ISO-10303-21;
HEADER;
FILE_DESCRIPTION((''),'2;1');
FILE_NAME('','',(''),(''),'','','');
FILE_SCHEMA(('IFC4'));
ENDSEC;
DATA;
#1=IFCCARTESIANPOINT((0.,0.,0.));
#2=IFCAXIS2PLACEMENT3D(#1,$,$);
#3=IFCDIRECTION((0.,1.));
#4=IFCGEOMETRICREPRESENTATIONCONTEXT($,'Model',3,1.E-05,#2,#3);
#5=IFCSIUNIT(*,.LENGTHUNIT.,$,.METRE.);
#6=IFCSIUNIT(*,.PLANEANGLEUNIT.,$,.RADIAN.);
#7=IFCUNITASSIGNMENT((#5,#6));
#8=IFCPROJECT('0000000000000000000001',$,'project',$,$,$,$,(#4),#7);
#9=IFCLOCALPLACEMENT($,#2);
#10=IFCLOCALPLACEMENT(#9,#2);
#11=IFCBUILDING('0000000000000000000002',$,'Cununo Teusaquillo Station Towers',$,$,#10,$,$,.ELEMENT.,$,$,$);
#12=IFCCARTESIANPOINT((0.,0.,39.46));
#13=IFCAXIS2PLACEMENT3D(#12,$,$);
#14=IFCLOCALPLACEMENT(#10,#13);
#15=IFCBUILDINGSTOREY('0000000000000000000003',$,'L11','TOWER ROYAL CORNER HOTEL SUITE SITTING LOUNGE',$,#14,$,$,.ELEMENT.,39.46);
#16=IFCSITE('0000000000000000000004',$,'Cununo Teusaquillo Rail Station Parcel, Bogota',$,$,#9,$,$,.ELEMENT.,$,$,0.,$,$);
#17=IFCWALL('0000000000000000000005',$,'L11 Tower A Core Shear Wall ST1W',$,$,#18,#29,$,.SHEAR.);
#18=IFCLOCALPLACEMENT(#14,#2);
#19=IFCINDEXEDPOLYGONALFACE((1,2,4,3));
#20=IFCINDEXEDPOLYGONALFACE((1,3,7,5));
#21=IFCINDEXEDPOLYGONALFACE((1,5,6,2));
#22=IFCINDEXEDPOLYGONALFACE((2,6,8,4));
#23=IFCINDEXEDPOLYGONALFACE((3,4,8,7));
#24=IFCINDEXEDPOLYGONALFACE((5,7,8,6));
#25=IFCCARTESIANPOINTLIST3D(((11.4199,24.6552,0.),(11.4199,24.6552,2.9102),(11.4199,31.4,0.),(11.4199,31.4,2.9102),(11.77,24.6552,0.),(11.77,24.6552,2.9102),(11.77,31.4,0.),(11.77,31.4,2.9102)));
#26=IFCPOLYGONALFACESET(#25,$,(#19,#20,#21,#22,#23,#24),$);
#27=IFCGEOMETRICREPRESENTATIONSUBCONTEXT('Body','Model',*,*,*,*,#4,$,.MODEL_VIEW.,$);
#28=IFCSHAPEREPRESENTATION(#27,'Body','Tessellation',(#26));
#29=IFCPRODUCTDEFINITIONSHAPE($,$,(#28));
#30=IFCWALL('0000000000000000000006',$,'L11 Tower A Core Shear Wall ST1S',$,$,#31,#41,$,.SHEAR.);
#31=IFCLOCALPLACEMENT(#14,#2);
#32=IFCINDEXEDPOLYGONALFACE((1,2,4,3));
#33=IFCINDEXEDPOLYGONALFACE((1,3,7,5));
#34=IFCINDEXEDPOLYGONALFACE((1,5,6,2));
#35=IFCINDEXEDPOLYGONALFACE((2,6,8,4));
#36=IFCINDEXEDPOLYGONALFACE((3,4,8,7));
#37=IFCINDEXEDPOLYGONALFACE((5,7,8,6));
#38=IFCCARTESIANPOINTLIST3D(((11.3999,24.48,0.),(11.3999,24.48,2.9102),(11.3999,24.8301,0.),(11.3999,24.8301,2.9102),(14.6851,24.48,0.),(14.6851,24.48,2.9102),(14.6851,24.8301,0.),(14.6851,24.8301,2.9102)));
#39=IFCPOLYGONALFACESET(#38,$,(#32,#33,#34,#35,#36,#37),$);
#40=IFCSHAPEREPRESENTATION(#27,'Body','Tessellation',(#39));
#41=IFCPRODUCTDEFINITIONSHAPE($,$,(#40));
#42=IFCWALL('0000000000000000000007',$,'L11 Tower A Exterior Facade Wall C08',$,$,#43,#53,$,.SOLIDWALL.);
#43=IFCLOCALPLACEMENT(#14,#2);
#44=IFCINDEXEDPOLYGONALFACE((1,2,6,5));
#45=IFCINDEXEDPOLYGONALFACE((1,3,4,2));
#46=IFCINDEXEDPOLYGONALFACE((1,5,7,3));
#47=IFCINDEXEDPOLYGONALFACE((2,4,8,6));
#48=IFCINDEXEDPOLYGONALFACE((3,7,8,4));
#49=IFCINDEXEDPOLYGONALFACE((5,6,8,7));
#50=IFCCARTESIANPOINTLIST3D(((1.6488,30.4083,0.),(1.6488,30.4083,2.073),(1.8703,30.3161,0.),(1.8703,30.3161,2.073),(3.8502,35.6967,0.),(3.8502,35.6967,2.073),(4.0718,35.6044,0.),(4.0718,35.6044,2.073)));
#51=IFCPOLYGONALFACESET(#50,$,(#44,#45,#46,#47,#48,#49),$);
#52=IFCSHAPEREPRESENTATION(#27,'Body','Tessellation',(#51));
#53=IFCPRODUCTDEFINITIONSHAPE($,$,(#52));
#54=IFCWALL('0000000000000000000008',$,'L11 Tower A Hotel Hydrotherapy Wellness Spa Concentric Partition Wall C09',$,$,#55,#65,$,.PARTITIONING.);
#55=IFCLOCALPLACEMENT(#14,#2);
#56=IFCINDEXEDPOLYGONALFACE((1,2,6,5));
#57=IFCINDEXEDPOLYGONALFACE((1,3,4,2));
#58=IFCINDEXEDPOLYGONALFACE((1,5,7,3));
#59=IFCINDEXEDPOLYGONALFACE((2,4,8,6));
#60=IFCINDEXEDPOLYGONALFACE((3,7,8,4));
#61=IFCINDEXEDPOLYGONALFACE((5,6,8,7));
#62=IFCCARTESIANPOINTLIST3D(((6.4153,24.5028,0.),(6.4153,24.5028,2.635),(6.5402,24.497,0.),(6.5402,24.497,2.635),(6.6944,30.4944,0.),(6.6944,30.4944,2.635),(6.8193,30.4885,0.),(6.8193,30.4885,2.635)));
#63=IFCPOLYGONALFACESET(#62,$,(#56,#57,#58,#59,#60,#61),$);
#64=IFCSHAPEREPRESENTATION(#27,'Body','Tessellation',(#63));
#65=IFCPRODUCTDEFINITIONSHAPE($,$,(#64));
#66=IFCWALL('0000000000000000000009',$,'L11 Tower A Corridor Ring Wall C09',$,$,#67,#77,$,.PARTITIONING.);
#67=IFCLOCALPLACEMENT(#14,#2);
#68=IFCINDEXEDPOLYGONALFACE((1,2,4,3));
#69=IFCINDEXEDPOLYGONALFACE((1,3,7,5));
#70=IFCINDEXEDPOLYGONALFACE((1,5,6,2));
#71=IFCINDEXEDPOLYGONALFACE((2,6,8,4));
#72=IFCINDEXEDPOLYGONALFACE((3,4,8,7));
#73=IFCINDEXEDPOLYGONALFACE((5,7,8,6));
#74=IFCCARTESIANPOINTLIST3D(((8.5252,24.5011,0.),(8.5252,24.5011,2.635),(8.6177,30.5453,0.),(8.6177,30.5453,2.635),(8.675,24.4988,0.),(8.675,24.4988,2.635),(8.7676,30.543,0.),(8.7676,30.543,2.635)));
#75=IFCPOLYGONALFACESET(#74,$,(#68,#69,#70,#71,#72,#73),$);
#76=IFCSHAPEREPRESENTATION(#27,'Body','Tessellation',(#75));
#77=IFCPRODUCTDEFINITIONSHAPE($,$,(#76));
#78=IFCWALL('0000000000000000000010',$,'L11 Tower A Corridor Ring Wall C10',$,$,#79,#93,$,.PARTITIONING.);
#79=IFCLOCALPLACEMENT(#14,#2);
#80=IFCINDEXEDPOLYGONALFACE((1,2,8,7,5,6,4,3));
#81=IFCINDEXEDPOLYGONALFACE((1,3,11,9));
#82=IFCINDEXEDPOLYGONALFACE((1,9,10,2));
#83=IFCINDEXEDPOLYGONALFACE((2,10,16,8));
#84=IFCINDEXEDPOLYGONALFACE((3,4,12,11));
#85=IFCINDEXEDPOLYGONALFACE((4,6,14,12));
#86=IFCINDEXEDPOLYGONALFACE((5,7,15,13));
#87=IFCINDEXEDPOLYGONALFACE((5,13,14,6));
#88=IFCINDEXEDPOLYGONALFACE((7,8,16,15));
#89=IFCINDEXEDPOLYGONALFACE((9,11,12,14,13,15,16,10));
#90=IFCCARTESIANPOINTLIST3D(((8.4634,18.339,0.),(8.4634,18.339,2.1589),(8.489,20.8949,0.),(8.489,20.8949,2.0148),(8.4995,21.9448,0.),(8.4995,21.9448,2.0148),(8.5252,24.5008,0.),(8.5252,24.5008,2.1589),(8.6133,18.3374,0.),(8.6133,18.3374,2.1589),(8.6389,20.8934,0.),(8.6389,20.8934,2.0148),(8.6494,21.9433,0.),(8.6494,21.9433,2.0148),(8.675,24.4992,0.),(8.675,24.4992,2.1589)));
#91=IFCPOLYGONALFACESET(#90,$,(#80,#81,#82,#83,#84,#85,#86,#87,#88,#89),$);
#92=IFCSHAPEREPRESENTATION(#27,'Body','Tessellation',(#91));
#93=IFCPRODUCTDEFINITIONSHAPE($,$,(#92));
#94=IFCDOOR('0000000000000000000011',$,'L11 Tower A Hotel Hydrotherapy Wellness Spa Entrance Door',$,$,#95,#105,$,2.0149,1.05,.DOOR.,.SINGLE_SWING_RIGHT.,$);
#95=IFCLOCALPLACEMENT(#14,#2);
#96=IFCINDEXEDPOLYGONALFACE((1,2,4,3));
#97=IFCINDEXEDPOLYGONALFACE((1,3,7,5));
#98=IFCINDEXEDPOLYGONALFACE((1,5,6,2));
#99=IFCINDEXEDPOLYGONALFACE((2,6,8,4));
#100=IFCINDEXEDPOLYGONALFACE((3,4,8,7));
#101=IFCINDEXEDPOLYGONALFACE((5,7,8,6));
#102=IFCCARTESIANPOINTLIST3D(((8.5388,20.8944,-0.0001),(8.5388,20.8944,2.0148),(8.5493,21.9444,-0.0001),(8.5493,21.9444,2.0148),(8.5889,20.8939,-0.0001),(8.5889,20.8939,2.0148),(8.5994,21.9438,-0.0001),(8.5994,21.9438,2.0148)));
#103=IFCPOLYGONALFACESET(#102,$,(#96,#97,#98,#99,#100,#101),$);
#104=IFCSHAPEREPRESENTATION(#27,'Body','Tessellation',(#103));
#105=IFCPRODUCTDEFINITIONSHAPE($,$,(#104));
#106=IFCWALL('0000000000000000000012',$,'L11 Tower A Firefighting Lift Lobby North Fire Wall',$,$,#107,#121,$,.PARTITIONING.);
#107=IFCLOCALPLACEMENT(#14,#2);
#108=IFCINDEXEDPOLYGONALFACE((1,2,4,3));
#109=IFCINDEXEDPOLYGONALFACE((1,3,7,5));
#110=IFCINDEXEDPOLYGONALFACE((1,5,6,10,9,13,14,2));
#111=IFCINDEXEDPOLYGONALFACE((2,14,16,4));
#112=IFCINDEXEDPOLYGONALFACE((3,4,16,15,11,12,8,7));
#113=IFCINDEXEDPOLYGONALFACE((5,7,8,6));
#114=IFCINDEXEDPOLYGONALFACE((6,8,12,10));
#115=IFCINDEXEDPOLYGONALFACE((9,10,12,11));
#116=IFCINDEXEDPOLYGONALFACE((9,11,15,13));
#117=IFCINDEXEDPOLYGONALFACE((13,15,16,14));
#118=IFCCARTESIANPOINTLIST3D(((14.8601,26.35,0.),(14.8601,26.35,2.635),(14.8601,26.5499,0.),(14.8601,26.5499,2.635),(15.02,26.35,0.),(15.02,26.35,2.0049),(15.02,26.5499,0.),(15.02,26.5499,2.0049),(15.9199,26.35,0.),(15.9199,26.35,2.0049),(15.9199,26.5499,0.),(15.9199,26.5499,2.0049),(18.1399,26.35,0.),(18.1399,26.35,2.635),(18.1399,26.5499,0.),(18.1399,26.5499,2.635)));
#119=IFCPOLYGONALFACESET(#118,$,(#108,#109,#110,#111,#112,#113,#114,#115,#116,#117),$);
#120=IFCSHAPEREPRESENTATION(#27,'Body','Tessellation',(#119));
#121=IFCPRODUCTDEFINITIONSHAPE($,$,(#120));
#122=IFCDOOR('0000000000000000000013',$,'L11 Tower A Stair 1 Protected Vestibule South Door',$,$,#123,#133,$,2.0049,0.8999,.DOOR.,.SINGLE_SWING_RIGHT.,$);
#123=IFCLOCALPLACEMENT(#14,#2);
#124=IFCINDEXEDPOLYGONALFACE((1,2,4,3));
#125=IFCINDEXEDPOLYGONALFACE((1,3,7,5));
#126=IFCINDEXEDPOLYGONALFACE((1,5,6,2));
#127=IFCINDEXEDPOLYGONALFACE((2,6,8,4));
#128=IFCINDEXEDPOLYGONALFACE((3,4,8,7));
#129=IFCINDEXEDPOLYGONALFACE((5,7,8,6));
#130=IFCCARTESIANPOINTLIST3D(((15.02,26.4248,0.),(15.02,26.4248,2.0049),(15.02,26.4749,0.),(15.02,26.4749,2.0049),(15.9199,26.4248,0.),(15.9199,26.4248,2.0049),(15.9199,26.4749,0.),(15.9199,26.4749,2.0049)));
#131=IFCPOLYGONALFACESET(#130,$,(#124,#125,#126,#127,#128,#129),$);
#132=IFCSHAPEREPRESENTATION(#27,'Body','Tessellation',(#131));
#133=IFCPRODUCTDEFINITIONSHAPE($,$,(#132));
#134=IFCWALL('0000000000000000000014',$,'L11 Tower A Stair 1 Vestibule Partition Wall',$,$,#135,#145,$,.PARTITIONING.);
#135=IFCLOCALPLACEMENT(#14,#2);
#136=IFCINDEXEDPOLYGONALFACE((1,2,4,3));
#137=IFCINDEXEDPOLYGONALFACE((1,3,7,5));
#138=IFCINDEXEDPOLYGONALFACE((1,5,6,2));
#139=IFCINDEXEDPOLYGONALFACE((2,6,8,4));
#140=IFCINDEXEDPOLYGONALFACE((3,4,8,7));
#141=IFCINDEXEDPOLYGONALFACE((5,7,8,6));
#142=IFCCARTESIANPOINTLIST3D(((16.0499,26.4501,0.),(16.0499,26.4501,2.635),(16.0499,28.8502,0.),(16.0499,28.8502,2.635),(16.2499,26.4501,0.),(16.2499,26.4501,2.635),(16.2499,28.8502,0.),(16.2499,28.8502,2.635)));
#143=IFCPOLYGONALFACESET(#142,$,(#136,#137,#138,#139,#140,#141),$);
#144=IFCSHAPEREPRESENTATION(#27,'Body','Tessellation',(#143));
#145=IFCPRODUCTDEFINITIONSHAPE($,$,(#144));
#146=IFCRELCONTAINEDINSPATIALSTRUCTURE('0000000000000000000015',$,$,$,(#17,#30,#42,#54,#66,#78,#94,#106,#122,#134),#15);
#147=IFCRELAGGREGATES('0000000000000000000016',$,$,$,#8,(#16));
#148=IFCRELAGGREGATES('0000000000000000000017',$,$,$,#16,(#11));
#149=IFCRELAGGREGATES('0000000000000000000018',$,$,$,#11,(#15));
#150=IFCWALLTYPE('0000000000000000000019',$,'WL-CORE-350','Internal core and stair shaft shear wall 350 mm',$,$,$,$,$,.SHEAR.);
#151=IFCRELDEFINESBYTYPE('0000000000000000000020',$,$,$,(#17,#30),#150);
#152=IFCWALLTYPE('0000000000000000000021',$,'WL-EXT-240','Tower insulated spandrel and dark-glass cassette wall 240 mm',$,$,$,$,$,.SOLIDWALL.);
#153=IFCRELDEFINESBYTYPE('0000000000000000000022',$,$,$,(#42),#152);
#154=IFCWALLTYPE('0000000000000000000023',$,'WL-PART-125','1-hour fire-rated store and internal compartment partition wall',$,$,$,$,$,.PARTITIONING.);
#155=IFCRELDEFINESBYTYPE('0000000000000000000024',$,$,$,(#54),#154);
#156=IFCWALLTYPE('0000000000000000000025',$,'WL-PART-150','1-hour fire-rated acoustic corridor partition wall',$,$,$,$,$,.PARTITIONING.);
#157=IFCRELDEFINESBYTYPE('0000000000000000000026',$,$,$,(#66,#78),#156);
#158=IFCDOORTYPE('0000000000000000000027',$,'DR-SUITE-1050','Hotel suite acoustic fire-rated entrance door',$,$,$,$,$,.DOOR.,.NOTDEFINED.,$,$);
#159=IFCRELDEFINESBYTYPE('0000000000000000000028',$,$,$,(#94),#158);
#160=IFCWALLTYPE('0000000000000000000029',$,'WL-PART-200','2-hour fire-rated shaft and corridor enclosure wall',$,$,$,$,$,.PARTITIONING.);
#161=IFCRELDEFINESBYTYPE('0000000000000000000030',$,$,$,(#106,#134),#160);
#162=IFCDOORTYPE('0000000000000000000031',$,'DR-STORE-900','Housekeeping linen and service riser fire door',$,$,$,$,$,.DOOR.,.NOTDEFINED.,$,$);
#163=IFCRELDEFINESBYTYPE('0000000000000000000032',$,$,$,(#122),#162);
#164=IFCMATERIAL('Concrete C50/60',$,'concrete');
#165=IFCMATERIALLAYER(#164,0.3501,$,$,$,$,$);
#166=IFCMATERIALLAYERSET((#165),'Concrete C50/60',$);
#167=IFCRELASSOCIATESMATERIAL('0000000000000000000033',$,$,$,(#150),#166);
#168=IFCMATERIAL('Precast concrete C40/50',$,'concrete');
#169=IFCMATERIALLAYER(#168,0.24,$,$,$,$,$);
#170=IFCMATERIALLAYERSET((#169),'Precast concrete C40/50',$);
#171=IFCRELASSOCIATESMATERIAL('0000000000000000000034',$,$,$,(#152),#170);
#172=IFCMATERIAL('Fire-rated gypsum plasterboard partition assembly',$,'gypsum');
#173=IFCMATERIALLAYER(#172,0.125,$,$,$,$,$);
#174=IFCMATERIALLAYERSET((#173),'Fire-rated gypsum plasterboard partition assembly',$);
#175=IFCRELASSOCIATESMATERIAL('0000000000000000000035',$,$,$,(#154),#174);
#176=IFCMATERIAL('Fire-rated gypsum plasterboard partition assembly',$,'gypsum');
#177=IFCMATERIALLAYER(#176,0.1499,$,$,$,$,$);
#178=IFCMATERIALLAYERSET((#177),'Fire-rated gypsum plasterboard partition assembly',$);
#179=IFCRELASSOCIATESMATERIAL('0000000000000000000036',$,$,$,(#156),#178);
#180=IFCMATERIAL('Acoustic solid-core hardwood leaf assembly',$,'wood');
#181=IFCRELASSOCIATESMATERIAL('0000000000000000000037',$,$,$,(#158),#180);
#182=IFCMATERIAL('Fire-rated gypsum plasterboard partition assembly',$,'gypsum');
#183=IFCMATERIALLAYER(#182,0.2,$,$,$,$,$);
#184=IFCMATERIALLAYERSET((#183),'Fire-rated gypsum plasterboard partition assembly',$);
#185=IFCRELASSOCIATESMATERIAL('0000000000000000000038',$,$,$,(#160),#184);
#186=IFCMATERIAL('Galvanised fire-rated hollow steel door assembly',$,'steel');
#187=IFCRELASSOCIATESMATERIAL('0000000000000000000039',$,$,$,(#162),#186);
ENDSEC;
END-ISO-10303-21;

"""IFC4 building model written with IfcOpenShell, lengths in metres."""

from ifc_helpers import new_model, si_unit, direction, frame, frame_2d, origin, place, context, subcontext, project, spatial, rectangle, extrude, source, transform, mapped, material, layer, layer_set, type_object, element, fill, save


model = new_model("IFC4")

# Units and contexts
model_context = context("Model", 3, precision=1e-05, world=origin(), true_north=direction((0.0, 1.0)))
body_context = subcontext(model_context, "Body", "Model", "MODEL_VIEW")
ifc_project = project(units=[si_unit("LENGTHUNIT", "METRE"), si_unit("PLANEANGLEUNIT", "RADIAN")], contexts=[model_context])

# Site, building, storey
site_placement = place(None, origin())
site = spatial("IfcSite", under=ifc_project, at=site_placement, Name="Cununo Teusaquillo Rail Station Parcel, Bogota", CompositionType="ELEMENT", RefElevation=0.0)
building_placement = place(site_placement, origin())
building = spatial("IfcBuilding", under=site, at=building_placement, Name="Cununo Teusaquillo Station Towers", CompositionType="ELEMENT")
storey_placement = place(building_placement, frame((0.0, 0.0, 39.46)))
storey = spatial("IfcBuildingStorey", under=building, at=storey_placement, Name="L11", Description="TOWER ROYAL CORNER HOTEL SUITE SITTING LOUNGE", CompositionType="ELEMENT", Elevation=39.46)

# Walls
ifc_material_1 = material(Name="Concrete C50/60", Category="concrete")
ifc_layer_1 = layer(ifc_material_1, 0.3501)
ifc_layer_set_1 = layer_set([ifc_layer_1], Name="Concrete C50/60")
wall_type_1 = type_object("IfcWallType", Name="WL-CORE-350", Description="Internal core and stair shaft shear wall 350 mm", PredefinedType="SHEAR", material=ifc_layer_set_1)
wall_1_placement = place(storey_placement, frame((11.595, 24.655, 0.0), z_axis=(0.0, 0.0, 1.0), x_axis=(0.0, 1.0, 0.0)))
element("IfcWall", 1, at=wall_1_placement, inside=storey, type_object=wall_type_1, Name="L11 Tower A Core Shear Wall ST1W", PredefinedType="SHEAR", context=body_context, shape_type="SweptSolid", body=[
    extrude(rectangle(XDim=6.7449, YDim=0.3501, at=frame_2d((3.3726, 0.0))), origin(), (0.0, 0.0, 1.0), 2.9102),
])
wall_2_placement = place(storey_placement, frame((11.3999, 24.655, 0.0), z_axis=(0.0, 0.0, 1.0), x_axis=(1.0, 0.0, 0.0)))
element("IfcWall", 2, at=wall_2_placement, inside=storey, type_object=wall_type_1, Name="L11 Tower A Core Shear Wall ST1S", PredefinedType="SHEAR", context=body_context, shape_type="SweptSolid", body=[
    extrude(rectangle(XDim=3.2852, YDim=0.3501, at=frame_2d((1.6426, 0.0))), origin(), (0.0, 0.0, 1.0), 2.9102),
])
ifc_material_2 = material(Name="Precast concrete C40/50", Category="concrete")
ifc_layer_2 = layer(ifc_material_2, 0.24)
ifc_layer_set_2 = layer_set([ifc_layer_2], Name="Precast concrete C40/50")
wall_type_2 = type_object("IfcWallType", Name="WL-EXT-240", Description="Tower insulated spandrel and dark-glass cassette wall 240 mm", PredefinedType="SOLIDWALL", material=ifc_layer_set_2)
wall_3_placement = place(storey_placement, frame((1.7595, 30.3621, 0.0), z_axis=(0.0, 0.0, 1.0), x_axis=(0.38431, 0.923204, 0.0)))
element("IfcWall", 3, at=wall_3_placement, inside=storey, type_object=wall_type_2, Name="L11 Tower A Exterior Facade Wall C08", PredefinedType="SOLIDWALL", context=body_context, shape_type="SweptSolid", body=[
    extrude(rectangle(XDim=5.7283, YDim=0.24, at=frame_2d((2.8643, 0.0))), origin(), (0.0, 0.0, 1.0), 2.073),
])
ifc_material_3 = material(Name="Fire-rated gypsum plasterboard partition assembly", Category="gypsum")
ifc_layer_3 = layer(ifc_material_3, 0.125)
ifc_layer_set_3 = layer_set([ifc_layer_3], Name="Fire-rated gypsum plasterboard partition assembly")
wall_type_3 = type_object("IfcWallType", Name="WL-PART-125", Description="1-hour fire-rated store and internal compartment partition wall", PredefinedType="PARTITIONING", material=ifc_layer_set_3)
wall_4_placement = place(storey_placement, frame((6.7568, 30.4915, 0.0), z_axis=(0.0, 0.0, 1.0), x_axis=(-0.046525, -0.998917, 0.0)))
element("IfcWall", 4, at=wall_4_placement, inside=storey, type_object=wall_type_3, Name="L11 Tower A Hotel Hydrotherapy Wellness Spa Concentric Partition Wall C09", PredefinedType="PARTITIONING", context=body_context, shape_type="SweptSolid", body=[
    extrude(rectangle(XDim=5.998, YDim=0.125, at=frame_2d((2.999, 0.0))), origin(), (0.0, 0.0, 1.0), 2.635),
])
ifc_material_4 = material(Name="Fire-rated gypsum plasterboard partition assembly", Category="gypsum")
ifc_layer_4 = layer(ifc_material_4, 0.1499)
ifc_layer_set_4 = layer_set([ifc_layer_4], Name="Fire-rated gypsum plasterboard partition assembly")
wall_type_4 = type_object("IfcWallType", Name="WL-PART-150", Description="1-hour fire-rated acoustic corridor partition wall", PredefinedType="PARTITIONING", material=ifc_layer_set_4)
wall_5_placement = place(storey_placement, frame((8.6926, 30.5442, 0.0), z_axis=(0.0, 0.0, 1.0), x_axis=(-0.015307, -0.999883, 0.0)))
element("IfcWall", 5, at=wall_5_placement, inside=storey, type_object=wall_type_4, Name="L11 Tower A Corridor Ring Wall C09", PredefinedType="PARTITIONING", context=body_context, shape_type="SweptSolid", body=[
    extrude(rectangle(XDim=6.0449, YDim=0.1499, at=frame_2d((3.0225, 0.0))), origin(), (0.0, 0.0, 1.0), 2.635),
])

# Walls, openings, doors
wall_6_placement = place(storey_placement, frame((8.6001, 24.5, 0.0), z_axis=(0.0, 0.0, 1.0), x_axis=(-0.010024, -0.99995, 0.0)))
wall_6 = element("IfcWall", 6, at=wall_6_placement, inside=storey, type_object=wall_type_4, Name="L11 Tower A Corridor Ring Wall C10", PredefinedType="PARTITIONING", context=body_context, shape_type="SweptSolid", body=[
    extrude(rectangle(XDim=6.1621, YDim=0.1499, at=frame_2d((3.0811, 0.0))), origin(), (0.0, 0.0, 1.0), 2.1589),
])
shared_shape_1 = source(origin(), body_context, "Body", "SweptSolid", [
    extrude(rectangle(XDim=1.05, YDim=2.0149, at=frame_2d((0.5249, 1.0073))), frame((0.0, 0.085, 0.0), z_axis=(0.0, -1.0, 0.0), x_axis=(1.0, 0.0, 0.0)), (0.0, 0.0, 1.0), 0.1699),
])
opening_1_placement = place(wall_6_placement, frame((2.5562, 0.0, 0.0)))
opening_1 = element("IfcOpeningElement", 7, at=opening_1_placement, cuts=wall_6, PredefinedType="OPENING", context=body_context, shape_type="MappedRepresentation", body=[
    mapped(shared_shape_1, transform((0.0, 0.0, 0.0), x_axis=(1.0, 0.0, 0.0), y_axis=(0.0, 1.0, 0.0), z_axis=(0.0, 0.0, 1.0), scale=1.0)),
])
ifc_material_5 = material(Name="Acoustic solid-core hardwood leaf assembly", Category="wood")
door_type_1 = type_object("IfcDoorType", Name="DR-SUITE-1050", Description="Hotel suite acoustic fire-rated entrance door", OperationType="NOTDEFINED", PredefinedType="DOOR", material=ifc_material_5)
shared_shape_2 = source(origin(), body_context, "Body", "SweptSolid", [
    extrude(rectangle(XDim=1.05, YDim=2.0149, at=frame_2d((0.5249, 1.0073))), frame((0.0, 0.0249, 0.0), z_axis=(0.0, -1.0, 0.0), x_axis=(1.0, 0.0, 0.0)), (0.0, 0.0, 1.0), 0.05),
])
door_1_placement = place(opening_1_placement, origin())
door_1 = element("IfcDoor", 8, at=door_1_placement, inside=storey, type_object=door_type_1, Name="L11 Tower A Hotel Hydrotherapy Wellness Spa Entrance Door", OperationType="SINGLE_SWING_RIGHT", OverallHeight=2.0149, OverallWidth=1.05, PredefinedType="DOOR", context=body_context, shape_type="MappedRepresentation", body=[
    mapped(shared_shape_2, transform((0.0, 0.0, 0.0), x_axis=(1.0, 0.0, 0.0), y_axis=(0.0, 1.0, 0.0), z_axis=(0.0, 0.0, 1.0), scale=1.0)),
])
fill(opening_1, door_1)
ifc_material_6 = material(Name="Fire-rated gypsum plasterboard partition assembly", Category="gypsum")
ifc_layer_5 = layer(ifc_material_6, 0.2)
ifc_layer_set_5 = layer_set([ifc_layer_5], Name="Fire-rated gypsum plasterboard partition assembly")
wall_type_5 = type_object("IfcWallType", Name="WL-PART-200", Description="2-hour fire-rated shaft and corridor enclosure wall", PredefinedType="PARTITIONING", material=ifc_layer_set_5)
wall_7_placement = place(storey_placement, frame((14.8601, 26.45, 0.0), z_axis=(0.0, 0.0, 1.0), x_axis=(1.0, 0.0, 0.0)))
wall_7 = element("IfcWall", 9, at=wall_7_placement, inside=storey, type_object=wall_type_5, Name="L11 Tower A Firefighting Lift Lobby North Fire Wall", PredefinedType="PARTITIONING", context=body_context, shape_type="SweptSolid", body=[
    extrude(rectangle(XDim=3.2798, YDim=0.2, at=frame_2d((1.6399, 0.0))), origin(), (0.0, 0.0, 1.0), 2.635),
])
shared_shape_3 = source(origin(), body_context, "Body", "SweptSolid", [
    extrude(rectangle(XDim=0.8999, YDim=2.0049, at=frame_2d((0.45, 1.0024))), frame((0.0, 0.1099, 0.0), z_axis=(0.0, -1.0, 0.0), x_axis=(1.0, 0.0, 0.0)), (0.0, 0.0, 1.0), 0.22),
])
opening_2_placement = place(wall_7_placement, frame((0.1599, 0.0, 0.0)))
opening_2 = element("IfcOpeningElement", 10, at=opening_2_placement, cuts=wall_7, PredefinedType="OPENING", context=body_context, shape_type="MappedRepresentation", body=[
    mapped(shared_shape_3, transform((0.0, 0.0, 0.0), x_axis=(1.0, 0.0, 0.0), y_axis=(0.0, 1.0, 0.0), z_axis=(0.0, 0.0, 1.0), scale=1.0)),
])
ifc_material_7 = material(Name="Galvanised fire-rated hollow steel door assembly", Category="steel")
door_type_2 = type_object("IfcDoorType", Name="DR-STORE-900", Description="Housekeeping linen and service riser fire door", OperationType="NOTDEFINED", PredefinedType="DOOR", material=ifc_material_7)
shared_shape_4 = source(origin(), body_context, "Body", "SweptSolid", [
    extrude(rectangle(XDim=0.8999, YDim=2.0049, at=frame_2d((0.45, 1.0024))), frame((0.0, 0.0249, 0.0), z_axis=(0.0, -1.0, 0.0), x_axis=(1.0, 0.0, 0.0)), (0.0, 0.0, 1.0), 0.05),
])
door_2_placement = place(opening_2_placement, origin())
door_2 = element("IfcDoor", 11, at=door_2_placement, inside=storey, type_object=door_type_2, Name="L11 Tower A Stair 1 Protected Vestibule South Door", OperationType="SINGLE_SWING_RIGHT", OverallHeight=2.0049, OverallWidth=0.8999, PredefinedType="DOOR", context=body_context, shape_type="MappedRepresentation", body=[
    mapped(shared_shape_4, transform((0.0, 0.0, 0.0), x_axis=(1.0, 0.0, 0.0), y_axis=(0.0, 1.0, 0.0), z_axis=(0.0, 0.0, 1.0), scale=1.0)),
])
fill(opening_2, door_2)

# Wall
wall_8_placement = place(storey_placement, frame((16.1499, 26.45, 0.0), z_axis=(0.0, 0.0, 1.0), x_axis=(0.0, 1.0, 0.0)))
element("IfcWall", 12, at=wall_8_placement, inside=storey, type_object=wall_type_5, Name="L11 Tower A Stair 1 Vestibule Partition Wall", PredefinedType="PARTITIONING", context=body_context, shape_type="SweptSolid", body=[
    extrude(rectangle(XDim=2.4001, YDim=0.2, at=frame_2d((1.2002, 0.0))), origin(), (0.0, 0.0, 1.0), 2.635),
])

save(model, "model.ifc")
